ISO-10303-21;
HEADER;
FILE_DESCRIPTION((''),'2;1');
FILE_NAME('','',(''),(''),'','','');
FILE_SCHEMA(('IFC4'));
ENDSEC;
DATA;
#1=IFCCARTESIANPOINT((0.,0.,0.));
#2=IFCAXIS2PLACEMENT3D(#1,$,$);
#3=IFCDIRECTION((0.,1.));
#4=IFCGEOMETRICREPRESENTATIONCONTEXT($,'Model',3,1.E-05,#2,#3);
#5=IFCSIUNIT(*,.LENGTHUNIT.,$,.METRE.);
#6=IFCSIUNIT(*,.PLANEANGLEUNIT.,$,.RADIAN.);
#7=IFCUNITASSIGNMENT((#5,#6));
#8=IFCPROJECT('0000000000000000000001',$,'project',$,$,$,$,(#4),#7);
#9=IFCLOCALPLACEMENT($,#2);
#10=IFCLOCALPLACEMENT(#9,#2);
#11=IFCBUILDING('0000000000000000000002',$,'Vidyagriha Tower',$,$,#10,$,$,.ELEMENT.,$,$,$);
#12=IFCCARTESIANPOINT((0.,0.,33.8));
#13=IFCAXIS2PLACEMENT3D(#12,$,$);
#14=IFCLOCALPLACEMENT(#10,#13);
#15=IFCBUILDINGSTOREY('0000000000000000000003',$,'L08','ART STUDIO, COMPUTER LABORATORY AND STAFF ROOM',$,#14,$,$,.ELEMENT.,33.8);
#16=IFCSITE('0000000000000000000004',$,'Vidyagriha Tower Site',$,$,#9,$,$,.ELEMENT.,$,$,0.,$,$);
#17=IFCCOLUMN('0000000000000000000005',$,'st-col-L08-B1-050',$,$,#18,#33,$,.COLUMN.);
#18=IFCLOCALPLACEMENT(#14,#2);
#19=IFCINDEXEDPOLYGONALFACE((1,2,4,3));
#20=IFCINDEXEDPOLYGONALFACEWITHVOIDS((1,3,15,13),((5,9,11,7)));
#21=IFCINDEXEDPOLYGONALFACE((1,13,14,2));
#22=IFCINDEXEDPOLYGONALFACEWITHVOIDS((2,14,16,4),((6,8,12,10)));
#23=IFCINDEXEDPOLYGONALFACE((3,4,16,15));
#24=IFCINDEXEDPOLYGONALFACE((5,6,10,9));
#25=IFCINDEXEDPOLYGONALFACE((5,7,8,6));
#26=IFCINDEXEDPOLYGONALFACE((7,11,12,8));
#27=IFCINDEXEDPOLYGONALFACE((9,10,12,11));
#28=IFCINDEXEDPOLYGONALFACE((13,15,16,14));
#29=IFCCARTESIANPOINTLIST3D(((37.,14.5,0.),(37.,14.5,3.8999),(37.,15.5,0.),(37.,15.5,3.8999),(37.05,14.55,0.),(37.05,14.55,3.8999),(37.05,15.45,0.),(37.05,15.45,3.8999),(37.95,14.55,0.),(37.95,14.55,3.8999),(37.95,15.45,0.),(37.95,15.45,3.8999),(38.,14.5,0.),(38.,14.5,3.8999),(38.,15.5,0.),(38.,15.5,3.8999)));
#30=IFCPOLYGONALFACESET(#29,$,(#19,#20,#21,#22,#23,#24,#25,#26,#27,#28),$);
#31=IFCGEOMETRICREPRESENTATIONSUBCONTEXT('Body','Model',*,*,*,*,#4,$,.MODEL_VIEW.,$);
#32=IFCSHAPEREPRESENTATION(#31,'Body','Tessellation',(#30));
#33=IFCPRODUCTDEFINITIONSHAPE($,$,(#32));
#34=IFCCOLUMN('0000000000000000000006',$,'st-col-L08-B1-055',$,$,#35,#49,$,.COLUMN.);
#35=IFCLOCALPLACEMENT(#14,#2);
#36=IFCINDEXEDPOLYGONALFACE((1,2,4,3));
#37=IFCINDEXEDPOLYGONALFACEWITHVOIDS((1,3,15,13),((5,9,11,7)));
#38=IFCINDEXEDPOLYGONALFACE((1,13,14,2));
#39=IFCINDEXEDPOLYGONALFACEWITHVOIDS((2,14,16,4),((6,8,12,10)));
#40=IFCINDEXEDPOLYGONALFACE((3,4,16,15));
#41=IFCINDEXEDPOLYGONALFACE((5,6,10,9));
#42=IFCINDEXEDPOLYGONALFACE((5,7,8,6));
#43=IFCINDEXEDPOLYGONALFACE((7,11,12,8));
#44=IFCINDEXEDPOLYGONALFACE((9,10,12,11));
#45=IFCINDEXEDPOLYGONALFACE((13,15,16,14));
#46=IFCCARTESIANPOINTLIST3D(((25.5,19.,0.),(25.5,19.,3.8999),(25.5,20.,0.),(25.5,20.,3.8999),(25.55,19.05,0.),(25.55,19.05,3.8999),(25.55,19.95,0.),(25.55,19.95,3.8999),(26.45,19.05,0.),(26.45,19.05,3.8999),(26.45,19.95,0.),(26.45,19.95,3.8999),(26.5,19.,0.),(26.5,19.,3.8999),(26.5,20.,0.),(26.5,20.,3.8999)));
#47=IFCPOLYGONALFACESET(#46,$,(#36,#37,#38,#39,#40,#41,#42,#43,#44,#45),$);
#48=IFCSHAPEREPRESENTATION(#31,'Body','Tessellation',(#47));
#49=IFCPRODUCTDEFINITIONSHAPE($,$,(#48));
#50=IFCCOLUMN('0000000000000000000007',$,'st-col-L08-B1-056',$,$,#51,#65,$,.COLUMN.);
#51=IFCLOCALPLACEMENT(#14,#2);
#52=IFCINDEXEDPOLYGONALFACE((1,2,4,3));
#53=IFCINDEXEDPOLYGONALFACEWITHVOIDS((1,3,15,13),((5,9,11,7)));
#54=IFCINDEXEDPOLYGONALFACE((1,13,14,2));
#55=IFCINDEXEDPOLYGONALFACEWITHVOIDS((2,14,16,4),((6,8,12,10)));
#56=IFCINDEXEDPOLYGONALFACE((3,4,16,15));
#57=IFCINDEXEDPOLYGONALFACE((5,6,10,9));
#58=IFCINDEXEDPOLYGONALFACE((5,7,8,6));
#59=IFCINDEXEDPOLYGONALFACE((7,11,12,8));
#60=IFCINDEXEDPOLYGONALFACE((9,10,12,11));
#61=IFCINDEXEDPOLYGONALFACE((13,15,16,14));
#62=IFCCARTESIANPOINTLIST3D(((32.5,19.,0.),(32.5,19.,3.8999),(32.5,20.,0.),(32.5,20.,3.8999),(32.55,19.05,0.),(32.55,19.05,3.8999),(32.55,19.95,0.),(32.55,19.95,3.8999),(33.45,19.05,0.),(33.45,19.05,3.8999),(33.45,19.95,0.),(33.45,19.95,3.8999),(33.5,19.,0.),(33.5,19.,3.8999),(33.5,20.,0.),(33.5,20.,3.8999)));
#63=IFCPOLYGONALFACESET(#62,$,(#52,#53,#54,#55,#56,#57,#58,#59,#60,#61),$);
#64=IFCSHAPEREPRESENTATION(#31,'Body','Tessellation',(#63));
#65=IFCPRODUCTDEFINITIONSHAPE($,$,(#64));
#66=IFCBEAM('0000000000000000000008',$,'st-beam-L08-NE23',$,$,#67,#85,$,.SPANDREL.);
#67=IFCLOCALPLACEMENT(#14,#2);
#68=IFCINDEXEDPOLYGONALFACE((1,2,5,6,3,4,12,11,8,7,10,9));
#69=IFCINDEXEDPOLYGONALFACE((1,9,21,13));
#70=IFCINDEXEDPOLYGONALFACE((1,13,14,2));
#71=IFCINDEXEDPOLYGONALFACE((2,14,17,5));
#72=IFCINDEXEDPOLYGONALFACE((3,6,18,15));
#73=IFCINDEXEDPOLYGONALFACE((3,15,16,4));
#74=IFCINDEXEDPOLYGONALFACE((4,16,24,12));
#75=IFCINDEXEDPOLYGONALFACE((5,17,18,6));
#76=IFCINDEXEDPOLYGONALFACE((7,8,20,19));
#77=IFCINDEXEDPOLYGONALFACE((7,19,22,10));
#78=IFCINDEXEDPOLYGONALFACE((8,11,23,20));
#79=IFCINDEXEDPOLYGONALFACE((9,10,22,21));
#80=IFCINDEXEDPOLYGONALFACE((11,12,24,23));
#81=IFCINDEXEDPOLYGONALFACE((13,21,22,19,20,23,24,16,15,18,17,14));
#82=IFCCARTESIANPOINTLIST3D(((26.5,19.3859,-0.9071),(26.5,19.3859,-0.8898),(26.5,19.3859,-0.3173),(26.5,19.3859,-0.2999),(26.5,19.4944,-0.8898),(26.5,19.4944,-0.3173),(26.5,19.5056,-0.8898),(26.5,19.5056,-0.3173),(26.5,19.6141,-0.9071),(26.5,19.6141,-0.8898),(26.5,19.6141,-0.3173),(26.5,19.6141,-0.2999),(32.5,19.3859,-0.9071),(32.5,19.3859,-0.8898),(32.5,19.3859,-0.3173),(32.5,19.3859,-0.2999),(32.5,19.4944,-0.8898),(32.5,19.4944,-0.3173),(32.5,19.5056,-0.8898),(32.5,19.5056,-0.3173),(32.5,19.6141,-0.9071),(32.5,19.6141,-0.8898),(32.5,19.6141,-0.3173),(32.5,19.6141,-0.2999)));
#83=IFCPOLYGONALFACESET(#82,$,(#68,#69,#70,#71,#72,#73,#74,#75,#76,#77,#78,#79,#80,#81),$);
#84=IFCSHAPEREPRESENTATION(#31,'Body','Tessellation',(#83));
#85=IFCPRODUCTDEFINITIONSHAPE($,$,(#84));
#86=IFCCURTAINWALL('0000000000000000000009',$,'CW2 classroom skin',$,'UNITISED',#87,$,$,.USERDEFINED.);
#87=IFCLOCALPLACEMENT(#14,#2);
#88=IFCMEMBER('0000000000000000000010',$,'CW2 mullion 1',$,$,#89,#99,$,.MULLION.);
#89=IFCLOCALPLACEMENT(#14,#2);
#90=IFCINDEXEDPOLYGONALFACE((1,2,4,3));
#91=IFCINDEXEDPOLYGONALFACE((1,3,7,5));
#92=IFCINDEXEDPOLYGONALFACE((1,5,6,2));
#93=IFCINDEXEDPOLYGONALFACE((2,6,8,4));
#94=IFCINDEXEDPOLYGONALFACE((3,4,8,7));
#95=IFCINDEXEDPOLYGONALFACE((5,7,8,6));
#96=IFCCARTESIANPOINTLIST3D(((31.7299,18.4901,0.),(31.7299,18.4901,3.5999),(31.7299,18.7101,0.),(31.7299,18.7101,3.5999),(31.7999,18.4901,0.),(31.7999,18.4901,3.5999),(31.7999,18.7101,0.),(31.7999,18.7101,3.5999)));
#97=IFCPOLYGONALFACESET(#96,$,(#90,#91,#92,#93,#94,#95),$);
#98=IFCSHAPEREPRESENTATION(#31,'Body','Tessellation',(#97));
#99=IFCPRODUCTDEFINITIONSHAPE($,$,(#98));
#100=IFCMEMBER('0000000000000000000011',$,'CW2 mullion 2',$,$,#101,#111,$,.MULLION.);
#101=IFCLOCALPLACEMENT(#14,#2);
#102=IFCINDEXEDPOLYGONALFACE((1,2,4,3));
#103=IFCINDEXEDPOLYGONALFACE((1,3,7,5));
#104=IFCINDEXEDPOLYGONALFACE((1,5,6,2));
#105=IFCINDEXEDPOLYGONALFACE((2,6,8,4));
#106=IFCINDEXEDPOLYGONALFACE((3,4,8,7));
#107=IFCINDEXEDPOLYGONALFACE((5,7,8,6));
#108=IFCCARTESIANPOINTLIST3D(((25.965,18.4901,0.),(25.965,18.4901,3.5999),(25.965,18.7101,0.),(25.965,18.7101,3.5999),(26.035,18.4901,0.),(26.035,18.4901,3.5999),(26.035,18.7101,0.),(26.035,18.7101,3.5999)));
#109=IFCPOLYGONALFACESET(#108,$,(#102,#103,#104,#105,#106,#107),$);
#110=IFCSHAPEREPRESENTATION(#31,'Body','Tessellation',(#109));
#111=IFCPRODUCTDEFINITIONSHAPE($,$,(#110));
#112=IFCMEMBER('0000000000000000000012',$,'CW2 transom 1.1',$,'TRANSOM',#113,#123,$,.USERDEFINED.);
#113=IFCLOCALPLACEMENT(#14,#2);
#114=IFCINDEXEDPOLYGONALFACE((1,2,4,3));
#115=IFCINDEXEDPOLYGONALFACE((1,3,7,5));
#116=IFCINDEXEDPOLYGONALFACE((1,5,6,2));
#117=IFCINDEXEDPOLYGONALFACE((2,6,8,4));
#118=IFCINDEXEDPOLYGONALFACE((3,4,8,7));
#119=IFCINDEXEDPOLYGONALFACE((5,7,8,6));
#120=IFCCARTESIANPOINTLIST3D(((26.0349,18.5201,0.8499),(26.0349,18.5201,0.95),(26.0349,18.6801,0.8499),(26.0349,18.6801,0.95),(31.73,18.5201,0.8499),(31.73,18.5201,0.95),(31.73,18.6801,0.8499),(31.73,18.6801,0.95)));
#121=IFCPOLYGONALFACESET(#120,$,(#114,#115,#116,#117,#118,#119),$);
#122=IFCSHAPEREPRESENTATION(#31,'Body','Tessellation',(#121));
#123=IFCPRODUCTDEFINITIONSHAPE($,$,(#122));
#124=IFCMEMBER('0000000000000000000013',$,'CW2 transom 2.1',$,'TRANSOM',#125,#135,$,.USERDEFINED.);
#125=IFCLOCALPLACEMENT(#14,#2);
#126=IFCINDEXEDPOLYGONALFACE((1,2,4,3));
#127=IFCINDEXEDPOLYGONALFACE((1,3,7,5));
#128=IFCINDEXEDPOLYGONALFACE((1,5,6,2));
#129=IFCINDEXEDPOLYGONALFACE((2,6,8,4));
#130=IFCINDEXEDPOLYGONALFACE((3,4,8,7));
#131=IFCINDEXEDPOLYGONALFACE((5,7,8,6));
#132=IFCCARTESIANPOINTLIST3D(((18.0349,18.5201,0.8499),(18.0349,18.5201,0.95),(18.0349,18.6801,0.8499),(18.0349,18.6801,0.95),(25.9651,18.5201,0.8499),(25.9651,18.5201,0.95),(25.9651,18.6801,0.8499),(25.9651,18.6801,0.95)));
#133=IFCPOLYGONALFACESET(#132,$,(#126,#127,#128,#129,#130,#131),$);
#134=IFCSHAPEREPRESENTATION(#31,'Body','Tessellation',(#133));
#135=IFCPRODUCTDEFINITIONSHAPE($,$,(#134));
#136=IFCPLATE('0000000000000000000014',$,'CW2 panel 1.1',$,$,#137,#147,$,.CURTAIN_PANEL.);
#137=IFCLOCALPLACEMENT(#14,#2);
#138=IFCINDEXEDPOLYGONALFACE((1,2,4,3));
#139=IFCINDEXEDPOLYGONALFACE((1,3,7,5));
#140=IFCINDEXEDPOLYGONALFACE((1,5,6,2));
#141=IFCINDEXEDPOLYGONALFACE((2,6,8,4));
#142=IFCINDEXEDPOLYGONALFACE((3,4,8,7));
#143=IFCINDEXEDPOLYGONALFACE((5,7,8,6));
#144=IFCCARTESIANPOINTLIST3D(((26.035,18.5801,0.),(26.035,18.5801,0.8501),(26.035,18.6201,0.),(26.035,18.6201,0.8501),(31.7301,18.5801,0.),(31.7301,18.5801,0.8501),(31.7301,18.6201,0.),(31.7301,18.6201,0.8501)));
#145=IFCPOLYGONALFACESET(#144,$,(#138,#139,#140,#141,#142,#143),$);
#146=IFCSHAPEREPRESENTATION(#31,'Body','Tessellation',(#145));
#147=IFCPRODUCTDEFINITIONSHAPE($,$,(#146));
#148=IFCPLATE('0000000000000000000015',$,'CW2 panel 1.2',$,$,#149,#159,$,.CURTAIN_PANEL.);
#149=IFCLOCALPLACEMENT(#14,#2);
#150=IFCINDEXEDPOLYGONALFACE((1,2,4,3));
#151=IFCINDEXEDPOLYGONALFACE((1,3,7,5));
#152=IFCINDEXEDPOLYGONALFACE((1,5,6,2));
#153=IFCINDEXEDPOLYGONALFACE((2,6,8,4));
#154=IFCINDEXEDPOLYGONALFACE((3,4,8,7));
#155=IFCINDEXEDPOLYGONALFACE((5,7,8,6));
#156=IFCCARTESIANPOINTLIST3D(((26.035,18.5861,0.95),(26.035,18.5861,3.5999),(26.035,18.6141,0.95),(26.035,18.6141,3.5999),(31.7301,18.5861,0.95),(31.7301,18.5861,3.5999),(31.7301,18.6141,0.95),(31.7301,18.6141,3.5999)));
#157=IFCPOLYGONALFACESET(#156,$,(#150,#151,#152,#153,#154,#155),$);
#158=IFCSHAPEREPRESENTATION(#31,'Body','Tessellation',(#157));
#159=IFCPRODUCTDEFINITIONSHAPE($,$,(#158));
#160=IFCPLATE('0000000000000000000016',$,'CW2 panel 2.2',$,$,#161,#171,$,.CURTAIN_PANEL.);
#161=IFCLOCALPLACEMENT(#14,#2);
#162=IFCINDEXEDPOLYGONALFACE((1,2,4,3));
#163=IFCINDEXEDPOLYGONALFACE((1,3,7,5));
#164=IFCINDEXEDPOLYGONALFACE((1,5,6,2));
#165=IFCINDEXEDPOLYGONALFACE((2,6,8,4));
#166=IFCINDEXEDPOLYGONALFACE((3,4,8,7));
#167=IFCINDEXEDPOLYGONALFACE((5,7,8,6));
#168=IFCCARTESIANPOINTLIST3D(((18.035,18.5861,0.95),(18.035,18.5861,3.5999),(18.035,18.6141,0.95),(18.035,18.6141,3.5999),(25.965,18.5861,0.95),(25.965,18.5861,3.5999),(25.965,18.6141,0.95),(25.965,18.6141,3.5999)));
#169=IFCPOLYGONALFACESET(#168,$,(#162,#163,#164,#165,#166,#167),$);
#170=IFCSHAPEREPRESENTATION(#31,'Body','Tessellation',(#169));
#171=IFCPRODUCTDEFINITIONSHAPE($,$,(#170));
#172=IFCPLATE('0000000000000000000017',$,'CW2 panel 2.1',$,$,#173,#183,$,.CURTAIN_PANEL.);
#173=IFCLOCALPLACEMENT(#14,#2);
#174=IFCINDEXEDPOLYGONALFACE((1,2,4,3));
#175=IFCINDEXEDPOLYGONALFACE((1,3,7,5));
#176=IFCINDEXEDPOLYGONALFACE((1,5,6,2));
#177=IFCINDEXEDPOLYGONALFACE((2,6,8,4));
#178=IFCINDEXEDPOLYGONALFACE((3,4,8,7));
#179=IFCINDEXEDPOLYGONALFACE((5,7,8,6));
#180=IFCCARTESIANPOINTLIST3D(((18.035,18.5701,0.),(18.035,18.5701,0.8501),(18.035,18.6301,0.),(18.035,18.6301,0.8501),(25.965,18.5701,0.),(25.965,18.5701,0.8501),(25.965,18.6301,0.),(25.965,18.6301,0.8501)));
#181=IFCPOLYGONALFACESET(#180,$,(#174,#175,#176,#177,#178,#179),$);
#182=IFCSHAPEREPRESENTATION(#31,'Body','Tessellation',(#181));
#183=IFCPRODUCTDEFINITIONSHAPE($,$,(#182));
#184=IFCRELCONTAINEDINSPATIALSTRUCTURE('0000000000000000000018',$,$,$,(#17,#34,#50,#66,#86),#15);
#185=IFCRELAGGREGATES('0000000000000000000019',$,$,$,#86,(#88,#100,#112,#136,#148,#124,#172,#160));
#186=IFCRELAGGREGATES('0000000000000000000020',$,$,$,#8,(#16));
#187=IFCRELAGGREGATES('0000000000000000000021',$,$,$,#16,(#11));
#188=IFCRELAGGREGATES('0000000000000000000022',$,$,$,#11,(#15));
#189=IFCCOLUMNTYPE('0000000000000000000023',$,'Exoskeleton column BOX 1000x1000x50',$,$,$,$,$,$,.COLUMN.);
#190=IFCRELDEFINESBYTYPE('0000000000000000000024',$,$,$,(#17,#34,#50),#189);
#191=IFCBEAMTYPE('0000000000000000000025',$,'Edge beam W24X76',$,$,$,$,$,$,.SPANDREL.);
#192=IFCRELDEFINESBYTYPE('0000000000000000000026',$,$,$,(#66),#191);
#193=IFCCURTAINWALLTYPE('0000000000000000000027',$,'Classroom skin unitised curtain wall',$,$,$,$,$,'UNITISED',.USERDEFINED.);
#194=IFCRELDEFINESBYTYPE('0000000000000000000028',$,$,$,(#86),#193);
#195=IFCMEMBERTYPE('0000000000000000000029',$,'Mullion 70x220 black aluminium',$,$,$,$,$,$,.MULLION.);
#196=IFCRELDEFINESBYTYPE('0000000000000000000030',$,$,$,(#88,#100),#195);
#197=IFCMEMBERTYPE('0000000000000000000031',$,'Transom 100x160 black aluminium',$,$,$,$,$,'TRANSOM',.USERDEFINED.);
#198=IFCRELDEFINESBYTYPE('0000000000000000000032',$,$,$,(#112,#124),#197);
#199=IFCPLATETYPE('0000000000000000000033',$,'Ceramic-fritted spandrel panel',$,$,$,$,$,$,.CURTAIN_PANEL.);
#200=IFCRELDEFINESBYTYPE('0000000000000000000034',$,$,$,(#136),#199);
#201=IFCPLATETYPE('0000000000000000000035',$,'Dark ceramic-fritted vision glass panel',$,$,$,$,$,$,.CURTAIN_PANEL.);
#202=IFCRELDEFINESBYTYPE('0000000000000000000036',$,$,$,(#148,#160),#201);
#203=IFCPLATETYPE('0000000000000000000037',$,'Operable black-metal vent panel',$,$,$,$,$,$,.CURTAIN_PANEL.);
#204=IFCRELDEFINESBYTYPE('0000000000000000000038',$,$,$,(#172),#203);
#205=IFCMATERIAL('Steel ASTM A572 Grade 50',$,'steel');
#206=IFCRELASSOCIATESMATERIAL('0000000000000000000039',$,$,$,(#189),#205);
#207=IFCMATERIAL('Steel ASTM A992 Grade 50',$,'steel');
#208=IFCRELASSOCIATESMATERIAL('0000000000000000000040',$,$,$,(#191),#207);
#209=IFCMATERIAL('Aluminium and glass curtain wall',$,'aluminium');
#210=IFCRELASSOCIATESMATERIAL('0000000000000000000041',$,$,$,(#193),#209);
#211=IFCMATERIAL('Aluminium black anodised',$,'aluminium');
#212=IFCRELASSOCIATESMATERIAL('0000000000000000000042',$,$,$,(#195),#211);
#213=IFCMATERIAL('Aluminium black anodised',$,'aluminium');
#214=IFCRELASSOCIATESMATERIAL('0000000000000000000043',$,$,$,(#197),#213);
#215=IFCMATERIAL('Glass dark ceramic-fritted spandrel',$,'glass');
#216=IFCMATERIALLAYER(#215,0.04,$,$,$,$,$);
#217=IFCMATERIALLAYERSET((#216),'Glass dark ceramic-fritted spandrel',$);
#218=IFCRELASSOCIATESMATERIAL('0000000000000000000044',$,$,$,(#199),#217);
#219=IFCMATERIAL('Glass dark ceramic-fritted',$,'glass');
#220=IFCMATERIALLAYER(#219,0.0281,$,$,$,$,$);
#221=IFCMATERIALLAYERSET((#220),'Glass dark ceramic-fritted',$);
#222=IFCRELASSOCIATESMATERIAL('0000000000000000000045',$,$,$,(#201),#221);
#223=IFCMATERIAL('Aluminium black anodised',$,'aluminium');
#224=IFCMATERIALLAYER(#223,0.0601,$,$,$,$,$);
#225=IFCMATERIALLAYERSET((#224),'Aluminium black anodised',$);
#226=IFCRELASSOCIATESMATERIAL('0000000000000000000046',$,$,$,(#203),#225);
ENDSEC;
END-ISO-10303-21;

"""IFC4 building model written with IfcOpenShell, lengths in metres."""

from ifc_helpers import new_model, si_unit, direction, frame, origin, origin_2d, place, context, subcontext, project, spatial, rectangle, hollow_rectangle, i_section, extrude, material, layer, layer_set, material_profile, profile_set, type_object, element, aggregate, save


model = new_model("IFC4")

# Units and contexts
model_context = context("Model", 3, precision=1e-05, world=origin(), true_north=direction((0.0, 1.0)))
body_context = subcontext(model_context, "Body", "Model", "MODEL_VIEW")
ifc_project = project(units=[si_unit("LENGTHUNIT", "METRE"), si_unit("PLANEANGLEUNIT", "RADIAN")], contexts=[model_context])

# Site, building, storey
site_placement = place(None, origin())
site = spatial("IfcSite", under=ifc_project, at=site_placement, Name="Vidyagriha Tower Site", CompositionType="ELEMENT", RefElevation=0.0)
building_placement = place(site_placement, origin())
building = spatial("IfcBuilding", under=site, at=building_placement, Name="Vidyagriha Tower", CompositionType="ELEMENT")
storey_placement = place(building_placement, frame((0.0, 0.0, 33.8)))
storey = spatial("IfcBuildingStorey", under=building, at=storey_placement, Name="L08", Description="ART STUDIO, COMPUTER LABORATORY AND STAFF ROOM", CompositionType="ELEMENT", Elevation=33.8)

# Columns
ifc_material_1 = material(Name="Steel ASTM A572 Grade 50", Category="steel")
ifc_material_profile_1 = material_profile(ifc_material_1, hollow_rectangle(XDim=1.0, YDim=1.0, WallThickness=0.05, at=origin_2d()), Name="BOX 1000x1000x50")
ifc_profile_set_1 = profile_set([ifc_material_profile_1], Name="Steel ASTM A572 Grade 50")
column_type = type_object("IfcColumnType", Name="Exoskeleton column BOX 1000x1000x50", PredefinedType="COLUMN", material=ifc_profile_set_1)
for number, where, name in (
    (1, (37.5, 15.0, 0.0), "st-col-L08-B1-050"),
    (2, (26.0, 19.5, 0.0), "st-col-L08-B1-055"),
    (3, (33.0, 19.5, 0.0), "st-col-L08-B1-056"),
):
    element("IfcColumn", number, at=place(storey_placement, frame(where)), inside=storey, type_object=column_type, Name=name, PredefinedType="COLUMN", context=body_context, shape_type="SweptSolid", body=[
        extrude(hollow_rectangle(XDim=1.0, YDim=1.0, WallThickness=0.05, at=origin_2d()), origin(), (0.0, 0.0, 1.0), 3.8999),
    ])

# Beam
ifc_material_2 = material(Name="Steel ASTM A992 Grade 50", Category="steel")
ifc_material_profile_2 = material_profile(ifc_material_2, i_section(OverallWidth=0.2283, OverallDepth=0.6072, WebThickness=0.0112, FlangeThickness=0.0173, at=origin_2d()), Name="W24X76")
ifc_profile_set_2 = profile_set([ifc_material_profile_2], Name="Steel ASTM A992 Grade 50")
beam_type = type_object("IfcBeamType", Name="Edge beam W24X76", PredefinedType="SPANDREL", material=ifc_profile_set_2)
beam_placement = place(storey_placement, frame((26.5, 19.5, -0.6035), z_axis=(1.0, 0.0, 0.0), x_axis=(0.0, 1.0, 0.0)))
element("IfcBeam", 4, at=beam_placement, inside=storey, type_object=beam_type, Name="st-beam-L08-NE23", PredefinedType="SPANDREL", context=body_context, shape_type="SweptSolid", body=[
    extrude(i_section(OverallWidth=0.2283, OverallDepth=0.6072, WebThickness=0.0112, FlangeThickness=0.0173, at=origin_2d()), origin(), (0.0, 0.0, 1.0), 6.0),
])

# Curtain wall, members, plates
ifc_material_3 = material(Name="Aluminium and glass curtain wall", Category="aluminium")
curtain_wall_type = type_object("IfcCurtainWallType", Name="Classroom skin unitised curtain wall", ElementType="UNITISED", PredefinedType="USERDEFINED", material=ifc_material_3)
curtain_wall_placement = place(storey_placement, origin())
curtain_wall = element("IfcCurtainWall", 5, at=curtain_wall_placement, inside=storey, type_object=curtain_wall_type, Name="CW2 classroom skin", ObjectType="UNITISED", PredefinedType="USERDEFINED")
ifc_material_4 = material(Name="Aluminium black anodised", Category="aluminium")
ifc_material_profile_3 = material_profile(ifc_material_4, rectangle(XDim=0.22, YDim=0.0701, at=origin_2d()), Name="Mullion 70x220 black aluminium")
ifc_profile_set_3 = profile_set([ifc_material_profile_3], Name="Aluminium black anodised")
member_type_1 = type_object("IfcMemberType", Name="Mullion 70x220 black aluminium", PredefinedType="MULLION", material=ifc_profile_set_3)
member_1_placement = place(storey_placement, frame((31.7649, 18.6001, 0.0), z_axis=(0.0, 0.0, 1.0), x_axis=(0.0, -1.0, 0.0)))
member_1 = element("IfcMember", 6, at=member_1_placement, type_object=member_type_1, Name="CW2 mullion 1", PredefinedType="MULLION", context=body_context, shape_type="SweptSolid", body=[
    extrude(rectangle(XDim=0.22, YDim=0.0701, at=origin_2d()), origin(), (0.0, 0.0, 1.0), 3.5999),
])
member_2_placement = place(storey_placement, frame((26.0, 18.6001, 0.0), z_axis=(0.0, 0.0, 1.0), x_axis=(0.0, -1.0, 0.0)))
member_2 = element("IfcMember", 7, at=member_2_placement, type_object=member_type_1, Name="CW2 mullion 2", PredefinedType="MULLION", context=body_context, shape_type="SweptSolid", body=[
    extrude(rectangle(XDim=0.22, YDim=0.0701, at=origin_2d()), origin(), (0.0, 0.0, 1.0), 3.5999),
])
ifc_material_5 = material(Name="Aluminium black anodised", Category="aluminium")
ifc_material_profile_4 = material_profile(ifc_material_5, rectangle(XDim=0.1599, YDim=0.1001, at=origin_2d()), Name="Transom 100x160 black aluminium")
ifc_profile_set_4 = profile_set([ifc_material_profile_4], Name="Aluminium black anodised")
member_type_2 = type_object("IfcMemberType", Name="Transom 100x160 black aluminium", ElementType="TRANSOM", PredefinedType="USERDEFINED", material=ifc_profile_set_4)
member_3_placement = place(storey_placement, frame((31.73, 18.6001, 0.8999), z_axis=(-1.0, 0.0, 0.0), x_axis=(0.0, -1.0, 0.0)))
member_3 = element("IfcMember", 8, at=member_3_placement, type_object=member_type_2, Name="CW2 transom 1.1", ObjectType="TRANSOM", PredefinedType="USERDEFINED", context=body_context, shape_type="SweptSolid", body=[
    extrude(rectangle(XDim=0.1599, YDim=0.1001, at=origin_2d()), origin(), (0.0, 0.0, 1.0), 5.6951),
])
member_4_placement = place(storey_placement, frame((25.9651, 18.6001, 0.8999), z_axis=(-1.0, 0.0, 0.0), x_axis=(0.0, -1.0, 0.0)))
member_4 = element("IfcMember", 9, at=member_4_placement, type_object=member_type_2, Name="CW2 transom 2.1", ObjectType="TRANSOM", PredefinedType="USERDEFINED", context=body_context, shape_type="SweptSolid", body=[
    extrude(rectangle(XDim=0.1599, YDim=0.1001, at=origin_2d()), origin(), (0.0, 0.0, 1.0), 7.9302),
])
ifc_material_6 = material(Name="Glass dark ceramic-fritted spandrel", Category="glass")
ifc_layer_1 = layer(ifc_material_6, 0.04)
ifc_layer_set_1 = layer_set([ifc_layer_1], Name="Glass dark ceramic-fritted spandrel")
plate_type_1 = type_object("IfcPlateType", Name="Ceramic-fritted spandrel panel", PredefinedType="CURTAIN_PANEL", material=ifc_layer_set_1)
plate_1_placement = place(storey_placement, frame((28.8826, 18.6001, 0.0), z_axis=(0.0, 0.0, 1.0), x_axis=(-1.0, 0.0, 0.0)))
plate_1 = element("IfcPlate", 10, at=plate_1_placement, type_object=plate_type_1, Name="CW2 panel 1.1", PredefinedType="CURTAIN_PANEL", context=body_context, shape_type="SweptSolid", body=[
    extrude(rectangle(XDim=5.6951, YDim=0.04, at=origin_2d()), origin(), (0.0, 0.0, 1.0), 0.8501),
])
ifc_material_7 = material(Name="Glass dark ceramic-fritted", Category="glass")
ifc_layer_2 = layer(ifc_material_7, 0.0281)
ifc_layer_set_2 = layer_set([ifc_layer_2], Name="Glass dark ceramic-fritted")
plate_type_2 = type_object("IfcPlateType", Name="Dark ceramic-fritted vision glass panel", PredefinedType="CURTAIN_PANEL", material=ifc_layer_set_2)
plate_2_placement = place(storey_placement, frame((28.8826, 18.6001, 0.95), z_axis=(0.0, 0.0, 1.0), x_axis=(-1.0, 0.0, 0.0)))
plate_2 = element("IfcPlate", 11, at=plate_2_placement, type_object=plate_type_2, Name="CW2 panel 1.2", PredefinedType="CURTAIN_PANEL", context=body_context, shape_type="SweptSolid", body=[
    extrude(rectangle(XDim=5.6951, YDim=0.0281, at=origin_2d()), origin(), (0.0, 0.0, 1.0), 2.6499),
])
plate_3_placement = place(storey_placement, frame((22.0, 18.6001, 0.95), z_axis=(0.0, 0.0, 1.0), x_axis=(-1.0, 0.0, 0.0)))
plate_3 = element("IfcPlate", 12, at=plate_3_placement, type_object=plate_type_2, Name="CW2 panel 2.2", PredefinedType="CURTAIN_PANEL", context=body_context, shape_type="SweptSolid", body=[
    extrude(rectangle(XDim=7.9299, YDim=0.0281, at=origin_2d()), origin(), (0.0, 0.0, 1.0), 2.6499),
])
ifc_material_8 = material(Name="Aluminium black anodised", Category="aluminium")
ifc_layer_3 = layer(ifc_material_8, 0.0601)
ifc_layer_set_3 = layer_set([ifc_layer_3], Name="Aluminium black anodised")
plate_type_3 = type_object("IfcPlateType", Name="Operable black-metal vent panel", PredefinedType="CURTAIN_PANEL", material=ifc_layer_set_3)
plate_4_placement = place(storey_placement, frame((22.0, 18.6001, 0.0), z_axis=(0.0, 0.0, 1.0), x_axis=(-1.0, 0.0, 0.0)))
plate_4 = element("IfcPlate", 13, at=plate_4_placement, type_object=plate_type_3, Name="CW2 panel 2.1", PredefinedType="CURTAIN_PANEL", context=body_context, shape_type="SweptSolid", body=[
    extrude(rectangle(XDim=7.9299, YDim=0.0601, at=origin_2d()), origin(), (0.0, 0.0, 1.0), 0.8501),
])
aggregate(curtain_wall, [member_1, member_2, member_3, plate_1, plate_2, member_4, plate_4, plate_3])

save(model, "model.ifc")
